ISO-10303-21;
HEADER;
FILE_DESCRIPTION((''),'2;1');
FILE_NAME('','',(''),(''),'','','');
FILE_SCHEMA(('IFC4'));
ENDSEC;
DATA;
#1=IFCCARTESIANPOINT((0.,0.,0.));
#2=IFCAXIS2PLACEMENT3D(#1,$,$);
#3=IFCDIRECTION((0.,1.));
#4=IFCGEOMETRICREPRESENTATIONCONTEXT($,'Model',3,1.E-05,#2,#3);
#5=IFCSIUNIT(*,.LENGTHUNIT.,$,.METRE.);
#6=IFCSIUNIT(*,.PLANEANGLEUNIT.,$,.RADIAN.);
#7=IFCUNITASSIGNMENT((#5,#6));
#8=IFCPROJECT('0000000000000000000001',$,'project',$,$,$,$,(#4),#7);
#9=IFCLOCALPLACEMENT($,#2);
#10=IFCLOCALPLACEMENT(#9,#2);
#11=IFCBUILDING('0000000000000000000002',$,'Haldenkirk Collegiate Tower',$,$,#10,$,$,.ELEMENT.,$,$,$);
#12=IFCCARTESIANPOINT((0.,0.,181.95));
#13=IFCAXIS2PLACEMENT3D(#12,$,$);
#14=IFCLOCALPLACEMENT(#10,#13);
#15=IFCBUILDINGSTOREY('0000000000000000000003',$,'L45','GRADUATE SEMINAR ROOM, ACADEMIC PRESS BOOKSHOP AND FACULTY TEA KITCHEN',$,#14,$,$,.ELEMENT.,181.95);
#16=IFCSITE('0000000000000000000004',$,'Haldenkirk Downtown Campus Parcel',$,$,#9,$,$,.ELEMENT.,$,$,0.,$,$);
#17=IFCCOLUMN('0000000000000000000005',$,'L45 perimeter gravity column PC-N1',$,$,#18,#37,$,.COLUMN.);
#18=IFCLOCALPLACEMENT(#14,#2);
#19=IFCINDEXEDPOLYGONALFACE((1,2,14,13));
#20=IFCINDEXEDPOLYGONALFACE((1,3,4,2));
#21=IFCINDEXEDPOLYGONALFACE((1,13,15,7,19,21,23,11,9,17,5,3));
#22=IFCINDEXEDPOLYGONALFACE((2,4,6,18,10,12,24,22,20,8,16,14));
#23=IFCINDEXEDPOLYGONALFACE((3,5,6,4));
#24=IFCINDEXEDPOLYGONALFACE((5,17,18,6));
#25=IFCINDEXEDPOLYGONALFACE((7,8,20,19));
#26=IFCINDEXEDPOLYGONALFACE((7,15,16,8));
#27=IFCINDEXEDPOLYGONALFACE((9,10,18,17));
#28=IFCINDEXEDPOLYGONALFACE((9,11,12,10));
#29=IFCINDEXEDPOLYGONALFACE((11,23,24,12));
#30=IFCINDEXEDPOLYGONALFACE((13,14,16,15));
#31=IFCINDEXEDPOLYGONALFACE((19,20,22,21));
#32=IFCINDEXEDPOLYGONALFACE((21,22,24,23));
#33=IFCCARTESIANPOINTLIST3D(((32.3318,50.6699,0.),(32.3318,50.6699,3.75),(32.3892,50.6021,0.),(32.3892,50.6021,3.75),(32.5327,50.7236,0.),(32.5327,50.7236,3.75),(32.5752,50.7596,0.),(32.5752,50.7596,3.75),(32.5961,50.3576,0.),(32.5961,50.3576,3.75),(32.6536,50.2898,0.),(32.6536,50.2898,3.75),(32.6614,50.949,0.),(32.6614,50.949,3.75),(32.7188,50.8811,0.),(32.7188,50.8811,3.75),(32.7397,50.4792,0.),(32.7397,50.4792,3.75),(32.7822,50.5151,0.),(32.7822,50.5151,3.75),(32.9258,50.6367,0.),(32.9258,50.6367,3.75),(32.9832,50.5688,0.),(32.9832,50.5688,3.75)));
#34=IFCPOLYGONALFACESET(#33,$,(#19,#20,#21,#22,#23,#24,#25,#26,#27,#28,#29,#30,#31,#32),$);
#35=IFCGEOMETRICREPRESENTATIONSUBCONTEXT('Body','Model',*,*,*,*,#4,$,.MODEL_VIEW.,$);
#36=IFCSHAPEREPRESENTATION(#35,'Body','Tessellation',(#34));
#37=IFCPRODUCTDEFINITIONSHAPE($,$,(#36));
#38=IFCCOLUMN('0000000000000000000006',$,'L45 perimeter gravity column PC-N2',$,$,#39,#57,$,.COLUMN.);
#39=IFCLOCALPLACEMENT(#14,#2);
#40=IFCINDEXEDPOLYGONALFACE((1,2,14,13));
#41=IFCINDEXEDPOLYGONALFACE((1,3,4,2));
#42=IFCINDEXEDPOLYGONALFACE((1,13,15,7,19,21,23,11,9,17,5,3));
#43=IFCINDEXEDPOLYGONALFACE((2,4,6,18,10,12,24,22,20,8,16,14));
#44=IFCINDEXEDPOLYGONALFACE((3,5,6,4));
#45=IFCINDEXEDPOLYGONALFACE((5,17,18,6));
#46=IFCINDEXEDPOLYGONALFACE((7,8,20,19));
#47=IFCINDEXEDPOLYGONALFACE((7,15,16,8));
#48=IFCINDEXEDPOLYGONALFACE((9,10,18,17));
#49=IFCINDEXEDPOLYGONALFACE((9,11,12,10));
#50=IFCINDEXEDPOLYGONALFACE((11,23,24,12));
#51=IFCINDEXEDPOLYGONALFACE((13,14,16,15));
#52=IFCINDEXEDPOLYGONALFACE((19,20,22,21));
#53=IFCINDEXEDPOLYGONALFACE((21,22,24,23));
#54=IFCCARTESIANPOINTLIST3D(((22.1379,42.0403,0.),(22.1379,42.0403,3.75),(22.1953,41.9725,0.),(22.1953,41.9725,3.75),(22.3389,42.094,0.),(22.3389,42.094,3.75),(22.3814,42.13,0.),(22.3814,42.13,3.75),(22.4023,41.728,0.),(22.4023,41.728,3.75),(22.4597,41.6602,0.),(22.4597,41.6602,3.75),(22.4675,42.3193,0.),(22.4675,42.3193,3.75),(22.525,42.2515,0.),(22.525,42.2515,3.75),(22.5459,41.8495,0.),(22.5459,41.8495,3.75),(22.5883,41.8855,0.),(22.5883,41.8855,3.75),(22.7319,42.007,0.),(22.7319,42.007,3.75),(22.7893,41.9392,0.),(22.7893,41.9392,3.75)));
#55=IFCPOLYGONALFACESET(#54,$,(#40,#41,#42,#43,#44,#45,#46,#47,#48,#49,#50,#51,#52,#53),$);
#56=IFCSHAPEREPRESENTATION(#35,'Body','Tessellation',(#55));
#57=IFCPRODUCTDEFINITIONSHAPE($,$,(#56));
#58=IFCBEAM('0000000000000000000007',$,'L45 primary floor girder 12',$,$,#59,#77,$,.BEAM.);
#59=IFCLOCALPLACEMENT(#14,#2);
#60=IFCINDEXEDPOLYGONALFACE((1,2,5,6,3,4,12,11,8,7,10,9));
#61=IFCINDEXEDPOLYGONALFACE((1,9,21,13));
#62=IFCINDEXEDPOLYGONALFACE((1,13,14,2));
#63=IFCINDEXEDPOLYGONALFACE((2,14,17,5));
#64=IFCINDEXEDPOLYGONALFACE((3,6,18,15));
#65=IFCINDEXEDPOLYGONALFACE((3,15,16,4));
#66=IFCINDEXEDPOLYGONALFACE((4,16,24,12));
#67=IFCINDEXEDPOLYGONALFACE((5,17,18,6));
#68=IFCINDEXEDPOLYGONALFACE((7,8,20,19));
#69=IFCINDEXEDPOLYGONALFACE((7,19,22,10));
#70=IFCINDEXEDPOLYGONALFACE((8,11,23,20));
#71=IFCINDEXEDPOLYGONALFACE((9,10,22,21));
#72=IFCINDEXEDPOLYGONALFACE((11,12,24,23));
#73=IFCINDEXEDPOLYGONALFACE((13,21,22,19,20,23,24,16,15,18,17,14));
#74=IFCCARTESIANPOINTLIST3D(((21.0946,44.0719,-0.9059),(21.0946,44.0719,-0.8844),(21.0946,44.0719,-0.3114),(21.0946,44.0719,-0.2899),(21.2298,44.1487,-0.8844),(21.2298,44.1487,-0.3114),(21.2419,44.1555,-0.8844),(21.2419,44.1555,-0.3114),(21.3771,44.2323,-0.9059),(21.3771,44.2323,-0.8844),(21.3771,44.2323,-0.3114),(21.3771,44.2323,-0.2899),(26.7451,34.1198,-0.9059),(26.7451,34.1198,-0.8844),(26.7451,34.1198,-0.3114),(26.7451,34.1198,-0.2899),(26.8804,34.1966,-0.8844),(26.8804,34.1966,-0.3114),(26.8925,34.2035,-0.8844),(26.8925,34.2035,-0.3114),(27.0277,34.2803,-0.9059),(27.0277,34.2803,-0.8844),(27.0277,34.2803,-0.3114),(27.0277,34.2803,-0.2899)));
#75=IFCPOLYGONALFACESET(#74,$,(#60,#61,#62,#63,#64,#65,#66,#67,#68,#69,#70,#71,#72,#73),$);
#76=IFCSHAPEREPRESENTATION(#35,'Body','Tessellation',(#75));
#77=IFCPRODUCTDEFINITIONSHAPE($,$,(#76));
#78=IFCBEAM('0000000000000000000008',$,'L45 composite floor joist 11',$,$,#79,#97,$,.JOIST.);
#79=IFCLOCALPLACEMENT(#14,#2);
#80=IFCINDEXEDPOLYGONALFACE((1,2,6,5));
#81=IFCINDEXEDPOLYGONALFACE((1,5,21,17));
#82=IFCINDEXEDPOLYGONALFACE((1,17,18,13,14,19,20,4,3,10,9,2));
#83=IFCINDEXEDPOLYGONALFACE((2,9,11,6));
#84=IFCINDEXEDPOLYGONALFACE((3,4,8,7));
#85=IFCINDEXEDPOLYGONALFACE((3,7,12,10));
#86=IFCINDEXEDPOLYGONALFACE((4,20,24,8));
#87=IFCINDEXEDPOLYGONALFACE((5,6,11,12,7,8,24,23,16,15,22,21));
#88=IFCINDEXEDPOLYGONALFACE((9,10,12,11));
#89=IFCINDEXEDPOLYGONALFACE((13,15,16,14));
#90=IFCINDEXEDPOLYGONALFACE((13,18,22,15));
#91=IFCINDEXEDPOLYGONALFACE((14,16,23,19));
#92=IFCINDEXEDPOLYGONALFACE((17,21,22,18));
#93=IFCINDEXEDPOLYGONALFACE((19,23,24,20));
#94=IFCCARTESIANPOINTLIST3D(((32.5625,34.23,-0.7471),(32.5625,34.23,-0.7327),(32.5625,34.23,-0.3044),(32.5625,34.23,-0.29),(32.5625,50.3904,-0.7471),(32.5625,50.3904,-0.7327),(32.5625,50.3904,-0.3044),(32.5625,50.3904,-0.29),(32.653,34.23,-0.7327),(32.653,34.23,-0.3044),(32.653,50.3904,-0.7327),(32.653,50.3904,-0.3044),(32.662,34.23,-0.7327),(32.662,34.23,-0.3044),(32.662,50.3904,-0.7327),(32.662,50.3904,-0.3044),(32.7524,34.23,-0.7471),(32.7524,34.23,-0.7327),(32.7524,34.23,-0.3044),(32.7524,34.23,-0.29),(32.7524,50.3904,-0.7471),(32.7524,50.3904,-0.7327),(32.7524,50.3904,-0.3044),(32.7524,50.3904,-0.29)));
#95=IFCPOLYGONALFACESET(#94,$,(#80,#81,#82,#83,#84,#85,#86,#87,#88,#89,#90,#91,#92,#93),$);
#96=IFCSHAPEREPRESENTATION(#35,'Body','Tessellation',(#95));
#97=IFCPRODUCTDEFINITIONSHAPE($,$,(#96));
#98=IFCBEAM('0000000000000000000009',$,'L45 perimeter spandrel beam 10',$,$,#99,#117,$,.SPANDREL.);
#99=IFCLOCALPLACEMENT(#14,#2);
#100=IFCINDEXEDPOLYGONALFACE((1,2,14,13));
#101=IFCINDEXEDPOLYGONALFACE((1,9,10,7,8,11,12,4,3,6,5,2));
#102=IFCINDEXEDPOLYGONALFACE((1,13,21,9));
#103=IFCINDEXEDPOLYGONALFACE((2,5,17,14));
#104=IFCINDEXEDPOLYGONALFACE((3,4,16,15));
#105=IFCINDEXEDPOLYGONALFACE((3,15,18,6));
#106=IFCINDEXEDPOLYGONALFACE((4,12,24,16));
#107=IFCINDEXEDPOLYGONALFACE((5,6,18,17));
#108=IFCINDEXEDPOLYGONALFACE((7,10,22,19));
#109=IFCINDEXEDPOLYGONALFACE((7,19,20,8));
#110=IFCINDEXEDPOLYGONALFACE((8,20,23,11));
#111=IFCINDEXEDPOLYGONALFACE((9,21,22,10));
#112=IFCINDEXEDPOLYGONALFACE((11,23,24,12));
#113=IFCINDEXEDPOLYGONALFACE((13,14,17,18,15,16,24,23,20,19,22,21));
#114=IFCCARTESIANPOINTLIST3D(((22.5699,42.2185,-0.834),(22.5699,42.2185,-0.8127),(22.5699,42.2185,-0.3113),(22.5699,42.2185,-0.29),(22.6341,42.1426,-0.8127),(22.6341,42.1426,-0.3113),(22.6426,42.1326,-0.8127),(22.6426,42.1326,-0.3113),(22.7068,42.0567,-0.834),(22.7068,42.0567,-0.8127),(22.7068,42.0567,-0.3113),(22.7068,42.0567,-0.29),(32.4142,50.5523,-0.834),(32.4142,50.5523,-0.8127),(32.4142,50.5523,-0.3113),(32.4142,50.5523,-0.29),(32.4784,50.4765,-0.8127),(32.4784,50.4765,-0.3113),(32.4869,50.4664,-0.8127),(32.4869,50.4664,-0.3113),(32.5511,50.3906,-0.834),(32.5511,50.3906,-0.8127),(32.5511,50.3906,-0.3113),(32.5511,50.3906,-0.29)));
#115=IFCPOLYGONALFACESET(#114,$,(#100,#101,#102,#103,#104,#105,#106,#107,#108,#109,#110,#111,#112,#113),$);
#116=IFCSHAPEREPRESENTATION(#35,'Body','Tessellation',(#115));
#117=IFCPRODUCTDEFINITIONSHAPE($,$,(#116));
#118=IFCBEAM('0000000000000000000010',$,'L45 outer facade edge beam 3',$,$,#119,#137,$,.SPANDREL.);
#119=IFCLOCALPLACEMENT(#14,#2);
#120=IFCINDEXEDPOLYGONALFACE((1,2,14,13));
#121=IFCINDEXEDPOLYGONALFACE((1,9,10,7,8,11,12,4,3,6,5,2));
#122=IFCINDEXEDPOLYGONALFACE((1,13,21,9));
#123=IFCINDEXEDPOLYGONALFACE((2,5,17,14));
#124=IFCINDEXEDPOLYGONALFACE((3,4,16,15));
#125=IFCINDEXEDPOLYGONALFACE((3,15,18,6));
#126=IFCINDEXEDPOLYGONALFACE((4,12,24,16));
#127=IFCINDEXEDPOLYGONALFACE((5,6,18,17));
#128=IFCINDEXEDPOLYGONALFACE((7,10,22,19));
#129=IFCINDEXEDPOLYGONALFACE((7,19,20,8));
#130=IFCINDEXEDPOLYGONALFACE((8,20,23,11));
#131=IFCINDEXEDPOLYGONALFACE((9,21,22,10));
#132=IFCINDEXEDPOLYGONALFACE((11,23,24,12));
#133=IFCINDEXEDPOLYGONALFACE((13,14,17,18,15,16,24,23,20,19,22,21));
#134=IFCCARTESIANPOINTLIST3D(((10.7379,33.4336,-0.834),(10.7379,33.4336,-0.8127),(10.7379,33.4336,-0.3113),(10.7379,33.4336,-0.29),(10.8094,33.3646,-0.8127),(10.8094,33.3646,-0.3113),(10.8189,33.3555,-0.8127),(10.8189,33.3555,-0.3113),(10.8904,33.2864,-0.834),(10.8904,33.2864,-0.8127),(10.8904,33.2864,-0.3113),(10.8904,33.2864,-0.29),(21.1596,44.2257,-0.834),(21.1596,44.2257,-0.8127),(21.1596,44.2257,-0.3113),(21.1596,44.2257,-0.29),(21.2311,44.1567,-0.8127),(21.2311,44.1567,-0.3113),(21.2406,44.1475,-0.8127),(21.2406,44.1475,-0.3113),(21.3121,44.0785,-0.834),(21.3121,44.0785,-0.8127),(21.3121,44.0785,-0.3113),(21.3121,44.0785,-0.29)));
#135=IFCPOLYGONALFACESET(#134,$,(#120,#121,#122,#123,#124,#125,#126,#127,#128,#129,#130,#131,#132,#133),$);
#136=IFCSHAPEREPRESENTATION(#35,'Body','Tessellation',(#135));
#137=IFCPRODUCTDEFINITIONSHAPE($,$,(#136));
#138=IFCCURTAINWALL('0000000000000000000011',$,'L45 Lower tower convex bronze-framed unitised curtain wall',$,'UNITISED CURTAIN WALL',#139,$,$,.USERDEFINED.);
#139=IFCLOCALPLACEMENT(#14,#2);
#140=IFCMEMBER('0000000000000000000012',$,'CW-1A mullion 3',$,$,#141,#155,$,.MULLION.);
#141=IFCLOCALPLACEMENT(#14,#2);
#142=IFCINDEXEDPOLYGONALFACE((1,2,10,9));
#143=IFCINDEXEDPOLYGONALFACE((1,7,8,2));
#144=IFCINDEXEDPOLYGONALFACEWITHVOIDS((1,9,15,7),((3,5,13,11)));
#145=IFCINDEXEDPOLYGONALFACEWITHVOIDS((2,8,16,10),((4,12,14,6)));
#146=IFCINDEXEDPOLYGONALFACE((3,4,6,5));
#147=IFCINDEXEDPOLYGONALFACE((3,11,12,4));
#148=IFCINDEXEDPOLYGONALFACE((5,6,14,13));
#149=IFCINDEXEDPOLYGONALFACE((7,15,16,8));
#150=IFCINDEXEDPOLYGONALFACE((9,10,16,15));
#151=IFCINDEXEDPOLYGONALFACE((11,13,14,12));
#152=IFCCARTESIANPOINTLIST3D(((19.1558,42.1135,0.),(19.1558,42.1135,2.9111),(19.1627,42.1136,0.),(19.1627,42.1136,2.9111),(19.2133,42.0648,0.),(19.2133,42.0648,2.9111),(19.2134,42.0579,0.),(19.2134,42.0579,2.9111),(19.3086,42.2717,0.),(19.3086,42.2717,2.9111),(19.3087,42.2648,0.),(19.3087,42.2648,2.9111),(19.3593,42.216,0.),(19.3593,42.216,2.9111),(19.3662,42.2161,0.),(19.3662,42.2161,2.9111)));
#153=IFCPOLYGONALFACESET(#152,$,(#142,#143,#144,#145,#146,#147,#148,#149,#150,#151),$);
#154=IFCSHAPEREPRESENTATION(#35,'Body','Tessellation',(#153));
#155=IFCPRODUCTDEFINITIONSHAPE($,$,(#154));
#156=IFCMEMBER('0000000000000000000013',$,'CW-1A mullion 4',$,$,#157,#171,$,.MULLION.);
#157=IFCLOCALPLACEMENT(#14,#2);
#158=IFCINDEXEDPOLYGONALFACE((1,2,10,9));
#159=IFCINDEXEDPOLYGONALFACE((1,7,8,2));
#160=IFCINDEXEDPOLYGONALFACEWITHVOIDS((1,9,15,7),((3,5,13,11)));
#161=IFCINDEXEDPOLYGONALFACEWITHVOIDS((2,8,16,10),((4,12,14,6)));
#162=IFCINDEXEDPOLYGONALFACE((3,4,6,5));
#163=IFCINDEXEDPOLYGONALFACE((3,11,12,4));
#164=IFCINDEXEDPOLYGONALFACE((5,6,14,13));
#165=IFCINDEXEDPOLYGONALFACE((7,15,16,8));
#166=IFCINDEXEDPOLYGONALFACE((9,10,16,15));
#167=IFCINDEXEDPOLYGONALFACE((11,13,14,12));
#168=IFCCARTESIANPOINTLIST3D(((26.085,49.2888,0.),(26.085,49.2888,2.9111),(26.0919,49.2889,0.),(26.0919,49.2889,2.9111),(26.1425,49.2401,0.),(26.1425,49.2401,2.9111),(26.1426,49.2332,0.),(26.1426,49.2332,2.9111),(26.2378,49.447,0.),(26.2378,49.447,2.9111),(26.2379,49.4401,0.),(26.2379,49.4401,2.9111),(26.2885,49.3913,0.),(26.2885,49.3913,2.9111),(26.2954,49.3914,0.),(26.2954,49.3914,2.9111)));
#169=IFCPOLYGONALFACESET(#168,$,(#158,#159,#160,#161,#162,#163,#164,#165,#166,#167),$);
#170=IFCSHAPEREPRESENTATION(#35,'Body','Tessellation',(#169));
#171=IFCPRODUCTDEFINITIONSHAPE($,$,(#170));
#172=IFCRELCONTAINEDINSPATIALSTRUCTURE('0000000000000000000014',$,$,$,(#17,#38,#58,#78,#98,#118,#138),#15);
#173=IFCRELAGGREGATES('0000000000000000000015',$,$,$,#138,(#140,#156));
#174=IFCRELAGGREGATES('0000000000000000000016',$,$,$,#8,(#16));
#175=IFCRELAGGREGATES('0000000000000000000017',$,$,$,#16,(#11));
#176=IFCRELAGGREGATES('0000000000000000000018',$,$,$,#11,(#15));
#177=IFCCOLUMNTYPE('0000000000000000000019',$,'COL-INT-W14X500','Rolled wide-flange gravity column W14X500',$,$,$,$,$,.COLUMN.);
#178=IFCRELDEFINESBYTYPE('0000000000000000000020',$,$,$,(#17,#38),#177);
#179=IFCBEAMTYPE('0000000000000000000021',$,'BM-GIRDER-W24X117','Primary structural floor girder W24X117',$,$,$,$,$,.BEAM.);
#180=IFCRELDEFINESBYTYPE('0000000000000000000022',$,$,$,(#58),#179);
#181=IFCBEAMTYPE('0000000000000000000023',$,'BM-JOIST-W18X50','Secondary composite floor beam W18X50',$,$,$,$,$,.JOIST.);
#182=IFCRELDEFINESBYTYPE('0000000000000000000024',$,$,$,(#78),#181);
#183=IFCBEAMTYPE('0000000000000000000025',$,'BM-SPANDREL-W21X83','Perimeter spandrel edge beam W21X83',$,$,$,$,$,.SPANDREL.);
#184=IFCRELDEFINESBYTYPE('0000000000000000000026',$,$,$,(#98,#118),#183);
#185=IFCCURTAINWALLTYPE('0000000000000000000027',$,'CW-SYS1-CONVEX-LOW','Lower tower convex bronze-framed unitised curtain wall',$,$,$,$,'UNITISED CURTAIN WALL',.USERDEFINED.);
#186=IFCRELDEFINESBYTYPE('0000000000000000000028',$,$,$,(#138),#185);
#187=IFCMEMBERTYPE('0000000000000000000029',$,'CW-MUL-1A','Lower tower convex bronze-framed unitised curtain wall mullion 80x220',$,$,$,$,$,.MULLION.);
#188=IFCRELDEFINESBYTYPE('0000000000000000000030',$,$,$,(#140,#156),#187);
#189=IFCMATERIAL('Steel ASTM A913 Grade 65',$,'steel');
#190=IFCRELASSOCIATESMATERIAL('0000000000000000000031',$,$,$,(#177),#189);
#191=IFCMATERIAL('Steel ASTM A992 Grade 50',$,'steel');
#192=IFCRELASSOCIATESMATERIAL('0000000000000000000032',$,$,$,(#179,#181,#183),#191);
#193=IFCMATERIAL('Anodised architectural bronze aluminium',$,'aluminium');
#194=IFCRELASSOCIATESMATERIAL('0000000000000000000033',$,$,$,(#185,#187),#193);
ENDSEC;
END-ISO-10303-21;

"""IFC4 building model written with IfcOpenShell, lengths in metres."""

from ifc_helpers import new_model, si_unit, direction, frame, origin, origin_2d, place, context, subcontext, project, spatial, hollow_rectangle, i_section, extrude, material, material_profile, profile_set, type_object, element, aggregate, save


model = new_model("IFC4")

# Units and contexts
model_context = context("Model", 3, precision=1e-05, world=origin(), true_north=direction((0.0, 1.0)))
body_context = subcontext(model_context, "Body", "Model", "MODEL_VIEW")
ifc_project = project(units=[si_unit("LENGTHUNIT", "METRE"), si_unit("PLANEANGLEUNIT", "RADIAN")], contexts=[model_context])

# Site, building, storey
site_placement = place(None, origin())
site = spatial("IfcSite", under=ifc_project, at=site_placement, Name="Haldenkirk Downtown Campus Parcel", CompositionType="ELEMENT", RefElevation=0.0)
building_placement = place(site_placement, origin())
building = spatial("IfcBuilding", under=site, at=building_placement, Name="Haldenkirk Collegiate Tower", CompositionType="ELEMENT")
storey_placement = place(building_placement, frame((0.0, 0.0, 181.95)))
storey = spatial("IfcBuildingStorey", under=building, at=storey_placement, Name="L45", Description="GRADUATE SEMINAR ROOM, ACADEMIC PRESS BOOKSHOP AND FACULTY TEA KITCHEN", CompositionType="ELEMENT", Elevation=181.95)

# Columns
ifc_material_1 = material(Name="Steel ASTM A913 Grade 65", Category="steel")
ifc_material_profile_1 = material_profile(ifc_material_1, i_section(OverallWidth=0.4319, OverallDepth=0.498, WebThickness=0.0557, FlangeThickness=0.0889, at=origin_2d()), Name="W14X500")
ifc_profile_set_1 = profile_set([ifc_material_profile_1], Name="Steel ASTM A913 Grade 65")
column_type = type_object("IfcColumnType", Name="COL-INT-W14X500", Description="Rolled wide-flange gravity column W14X500", PredefinedType="COLUMN", material=ifc_profile_set_1)
for number, where, z_axis, x_axis, name in (
    (1, (32.6575, 50.6194, 0.0), (0.0, 0.0, 1.0), (0.763232, 0.646124, 0.0), "L45 perimeter gravity column PC-N1"),
    (2, (22.4636, 41.9897, 0.0), (0.0, 0.0, 1.0), (0.763232, 0.646124, 0.0), "L45 perimeter gravity column PC-N2"),
):
    element("IfcColumn", number, at=place(storey_placement, frame(where, z_axis=z_axis, x_axis=x_axis)), inside=storey, type_object=column_type, Name=name, PredefinedType="COLUMN", context=body_context, shape_type="SweptSolid", body=[
        extrude(i_section(OverallWidth=0.4319, OverallDepth=0.498, WebThickness=0.0557, FlangeThickness=0.0889, at=origin_2d()), origin(), (0.0, 0.0, 1.0), 3.75),
    ])

# Beams
ifc_material_2 = material(Name="Steel ASTM A992 Grade 50", Category="steel")
ifc_material_profile_2 = material_profile(ifc_material_2, i_section(OverallWidth=0.325, OverallDepth=0.616, WebThickness=0.0139, FlangeThickness=0.0215, at=origin_2d()), Name="W24X117")
ifc_profile_set_2 = profile_set([ifc_material_profile_2], Name="Steel ASTM A992 Grade 50")
beam_type_1 = type_object("IfcBeamType", Name="BM-GIRDER-W24X117", Description="Primary structural floor girder W24X117", PredefinedType="BEAM", material=ifc_profile_set_2)
beam_1_placement = place(storey_placement, frame((21.2358, 44.1521, -0.5979), z_axis=(0.493745, -0.869606, 0.0), x_axis=(0.869606, 0.493745, 0.0)))
element("IfcBeam", 3, at=beam_1_placement, inside=storey, type_object=beam_type_1, Name="L45 primary floor girder 12", PredefinedType="BEAM", context=body_context, shape_type="SweptSolid", body=[
    extrude(i_section(OverallWidth=0.325, OverallDepth=0.616, WebThickness=0.0139, FlangeThickness=0.0215, at=origin_2d()), origin(), (0.0, 0.0, 1.0), 11.4443),
])
ifc_material_profile_3 = material_profile(ifc_material_2, i_section(OverallWidth=0.1899, OverallDepth=0.457, WebThickness=0.009, FlangeThickness=0.0144, at=origin_2d()), Name="W18X50")
ifc_profile_set_3 = profile_set([ifc_material_profile_3], Name="Steel ASTM A992 Grade 50")
beam_type_2 = type_object("IfcBeamType", Name="BM-JOIST-W18X50", Description="Secondary composite floor beam W18X50", PredefinedType="JOIST", material=ifc_profile_set_3)
beam_2_placement = place(storey_placement, frame((32.6575, 50.3904, -0.5186), z_axis=(0.0, -1.0, 0.0), x_axis=(1.0, 0.0, 0.0)))
element("IfcBeam", 4, at=beam_2_placement, inside=storey, type_object=beam_type_2, Name="L45 composite floor joist 11", PredefinedType="JOIST", context=body_context, shape_type="SweptSolid", body=[
    extrude(i_section(OverallWidth=0.1899, OverallDepth=0.457, WebThickness=0.009, FlangeThickness=0.0144, at=origin_2d()), origin(), (0.0, 0.0, 1.0), 16.1604),
])
ifc_material_profile_4 = material_profile(ifc_material_2, i_section(OverallWidth=0.2119, OverallDepth=0.5439, WebThickness=0.0132, FlangeThickness=0.0212, at=origin_2d()), Name="W21X83")
ifc_profile_set_4 = profile_set([ifc_material_profile_4], Name="Steel ASTM A992 Grade 50")
beam_type_3 = type_object("IfcBeamType", Name="BM-SPANDREL-W21X83", Description="Perimeter spandrel edge beam W21X83", PredefinedType="SPANDREL", material=ifc_profile_set_4)
beam_3_placement = place(storey_placement, frame((32.4827, 50.4714, -0.562), z_axis=(-0.763233, -0.646123, 0.0), x_axis=(0.646123, -0.763233, 0.0)))
element("IfcBeam", 5, at=beam_3_placement, inside=storey, type_object=beam_type_3, Name="L45 perimeter spandrel beam 10", PredefinedType="SPANDREL", context=body_context, shape_type="SweptSolid", body=[
    extrude(i_section(OverallWidth=0.2119, OverallDepth=0.5439, WebThickness=0.0132, FlangeThickness=0.0212, at=origin_2d()), origin(), (0.0, 0.0, 1.0), 12.8982),
])
beam_4_placement = place(storey_placement, frame((21.2358, 44.1521, -0.562), z_axis=(-0.694656, -0.719342, 0.0), x_axis=(0.719342, -0.694656, 0.0)))
element("IfcBeam", 6, at=beam_4_placement, inside=storey, type_object=beam_type_3, Name="L45 outer facade edge beam 3", PredefinedType="SPANDREL", context=body_context, shape_type="SweptSolid", body=[
    extrude(i_section(OverallWidth=0.2119, OverallDepth=0.5439, WebThickness=0.0132, FlangeThickness=0.0212, at=origin_2d()), origin(), (0.0, 0.0, 1.0), 15.0027),
])

# Curtain wall, members
ifc_material_3 = material(Name="Anodised architectural bronze aluminium", Category="aluminium")
curtain_wall_type = type_object("IfcCurtainWallType", Name="CW-SYS1-CONVEX-LOW", Description="Lower tower convex bronze-framed unitised curtain wall", ElementType="UNITISED CURTAIN WALL", PredefinedType="USERDEFINED", material=ifc_material_3)
curtain_wall_placement = place(storey_placement, origin())
curtain_wall = element("IfcCurtainWall", 7, at=curtain_wall_placement, inside=storey, type_object=curtain_wall_type, Name="L45 Lower tower convex bronze-framed unitised curtain wall", ObjectType="UNITISED CURTAIN WALL", PredefinedType="USERDEFINED")
ifc_material_profile_5 = material_profile(ifc_material_3, hollow_rectangle(XDim=0.0801, YDim=0.22, WallThickness=0.0049, at=origin_2d()), Name="CW-MUL-1A")
ifc_profile_set_5 = profile_set([ifc_material_profile_5], Name="Anodised architectural bronze aluminium")
member_type_1 = type_object("IfcMemberType", Name="CW-MUL-1A", Description="Lower tower convex bronze-framed unitised curtain wall mullion 80x220", PredefinedType="MULLION", material=ifc_profile_set_5)
member_1_placement = place(storey_placement, frame((19.261, 42.1648, 0.0), z_axis=(0.0, 0.0, 1.0), x_axis=(-0.719341, 0.694657, 0.0)))
member_1 = element("IfcMember", 8, at=member_1_placement, type_object=member_type_1, Name="CW-1A mullion 3", PredefinedType="MULLION", context=body_context, shape_type="SweptSolid", body=[
    extrude(hollow_rectangle(XDim=0.0801, YDim=0.22, WallThickness=0.0049, at=origin_2d()), origin(), (0.0, 0.0, 1.0), 2.9111),
])
member_2_placement = place(storey_placement, frame((26.1902, 49.3401, 0.0), z_axis=(0.0, 0.0, 1.0), x_axis=(-0.719341, 0.694657, 0.0)))
member_2 = element("IfcMember", 9, at=member_2_placement, type_object=member_type_1, Name="CW-1A mullion 4", PredefinedType="MULLION", context=body_context, shape_type="SweptSolid", body=[
    extrude(hollow_rectangle(XDim=0.0801, YDim=0.22, WallThickness=0.0049, at=origin_2d()), origin(), (0.0, 0.0, 1.0), 2.9111),
])

aggregate(curtain_wall, [member_1, member_2])

save(model, "model.ifc")
